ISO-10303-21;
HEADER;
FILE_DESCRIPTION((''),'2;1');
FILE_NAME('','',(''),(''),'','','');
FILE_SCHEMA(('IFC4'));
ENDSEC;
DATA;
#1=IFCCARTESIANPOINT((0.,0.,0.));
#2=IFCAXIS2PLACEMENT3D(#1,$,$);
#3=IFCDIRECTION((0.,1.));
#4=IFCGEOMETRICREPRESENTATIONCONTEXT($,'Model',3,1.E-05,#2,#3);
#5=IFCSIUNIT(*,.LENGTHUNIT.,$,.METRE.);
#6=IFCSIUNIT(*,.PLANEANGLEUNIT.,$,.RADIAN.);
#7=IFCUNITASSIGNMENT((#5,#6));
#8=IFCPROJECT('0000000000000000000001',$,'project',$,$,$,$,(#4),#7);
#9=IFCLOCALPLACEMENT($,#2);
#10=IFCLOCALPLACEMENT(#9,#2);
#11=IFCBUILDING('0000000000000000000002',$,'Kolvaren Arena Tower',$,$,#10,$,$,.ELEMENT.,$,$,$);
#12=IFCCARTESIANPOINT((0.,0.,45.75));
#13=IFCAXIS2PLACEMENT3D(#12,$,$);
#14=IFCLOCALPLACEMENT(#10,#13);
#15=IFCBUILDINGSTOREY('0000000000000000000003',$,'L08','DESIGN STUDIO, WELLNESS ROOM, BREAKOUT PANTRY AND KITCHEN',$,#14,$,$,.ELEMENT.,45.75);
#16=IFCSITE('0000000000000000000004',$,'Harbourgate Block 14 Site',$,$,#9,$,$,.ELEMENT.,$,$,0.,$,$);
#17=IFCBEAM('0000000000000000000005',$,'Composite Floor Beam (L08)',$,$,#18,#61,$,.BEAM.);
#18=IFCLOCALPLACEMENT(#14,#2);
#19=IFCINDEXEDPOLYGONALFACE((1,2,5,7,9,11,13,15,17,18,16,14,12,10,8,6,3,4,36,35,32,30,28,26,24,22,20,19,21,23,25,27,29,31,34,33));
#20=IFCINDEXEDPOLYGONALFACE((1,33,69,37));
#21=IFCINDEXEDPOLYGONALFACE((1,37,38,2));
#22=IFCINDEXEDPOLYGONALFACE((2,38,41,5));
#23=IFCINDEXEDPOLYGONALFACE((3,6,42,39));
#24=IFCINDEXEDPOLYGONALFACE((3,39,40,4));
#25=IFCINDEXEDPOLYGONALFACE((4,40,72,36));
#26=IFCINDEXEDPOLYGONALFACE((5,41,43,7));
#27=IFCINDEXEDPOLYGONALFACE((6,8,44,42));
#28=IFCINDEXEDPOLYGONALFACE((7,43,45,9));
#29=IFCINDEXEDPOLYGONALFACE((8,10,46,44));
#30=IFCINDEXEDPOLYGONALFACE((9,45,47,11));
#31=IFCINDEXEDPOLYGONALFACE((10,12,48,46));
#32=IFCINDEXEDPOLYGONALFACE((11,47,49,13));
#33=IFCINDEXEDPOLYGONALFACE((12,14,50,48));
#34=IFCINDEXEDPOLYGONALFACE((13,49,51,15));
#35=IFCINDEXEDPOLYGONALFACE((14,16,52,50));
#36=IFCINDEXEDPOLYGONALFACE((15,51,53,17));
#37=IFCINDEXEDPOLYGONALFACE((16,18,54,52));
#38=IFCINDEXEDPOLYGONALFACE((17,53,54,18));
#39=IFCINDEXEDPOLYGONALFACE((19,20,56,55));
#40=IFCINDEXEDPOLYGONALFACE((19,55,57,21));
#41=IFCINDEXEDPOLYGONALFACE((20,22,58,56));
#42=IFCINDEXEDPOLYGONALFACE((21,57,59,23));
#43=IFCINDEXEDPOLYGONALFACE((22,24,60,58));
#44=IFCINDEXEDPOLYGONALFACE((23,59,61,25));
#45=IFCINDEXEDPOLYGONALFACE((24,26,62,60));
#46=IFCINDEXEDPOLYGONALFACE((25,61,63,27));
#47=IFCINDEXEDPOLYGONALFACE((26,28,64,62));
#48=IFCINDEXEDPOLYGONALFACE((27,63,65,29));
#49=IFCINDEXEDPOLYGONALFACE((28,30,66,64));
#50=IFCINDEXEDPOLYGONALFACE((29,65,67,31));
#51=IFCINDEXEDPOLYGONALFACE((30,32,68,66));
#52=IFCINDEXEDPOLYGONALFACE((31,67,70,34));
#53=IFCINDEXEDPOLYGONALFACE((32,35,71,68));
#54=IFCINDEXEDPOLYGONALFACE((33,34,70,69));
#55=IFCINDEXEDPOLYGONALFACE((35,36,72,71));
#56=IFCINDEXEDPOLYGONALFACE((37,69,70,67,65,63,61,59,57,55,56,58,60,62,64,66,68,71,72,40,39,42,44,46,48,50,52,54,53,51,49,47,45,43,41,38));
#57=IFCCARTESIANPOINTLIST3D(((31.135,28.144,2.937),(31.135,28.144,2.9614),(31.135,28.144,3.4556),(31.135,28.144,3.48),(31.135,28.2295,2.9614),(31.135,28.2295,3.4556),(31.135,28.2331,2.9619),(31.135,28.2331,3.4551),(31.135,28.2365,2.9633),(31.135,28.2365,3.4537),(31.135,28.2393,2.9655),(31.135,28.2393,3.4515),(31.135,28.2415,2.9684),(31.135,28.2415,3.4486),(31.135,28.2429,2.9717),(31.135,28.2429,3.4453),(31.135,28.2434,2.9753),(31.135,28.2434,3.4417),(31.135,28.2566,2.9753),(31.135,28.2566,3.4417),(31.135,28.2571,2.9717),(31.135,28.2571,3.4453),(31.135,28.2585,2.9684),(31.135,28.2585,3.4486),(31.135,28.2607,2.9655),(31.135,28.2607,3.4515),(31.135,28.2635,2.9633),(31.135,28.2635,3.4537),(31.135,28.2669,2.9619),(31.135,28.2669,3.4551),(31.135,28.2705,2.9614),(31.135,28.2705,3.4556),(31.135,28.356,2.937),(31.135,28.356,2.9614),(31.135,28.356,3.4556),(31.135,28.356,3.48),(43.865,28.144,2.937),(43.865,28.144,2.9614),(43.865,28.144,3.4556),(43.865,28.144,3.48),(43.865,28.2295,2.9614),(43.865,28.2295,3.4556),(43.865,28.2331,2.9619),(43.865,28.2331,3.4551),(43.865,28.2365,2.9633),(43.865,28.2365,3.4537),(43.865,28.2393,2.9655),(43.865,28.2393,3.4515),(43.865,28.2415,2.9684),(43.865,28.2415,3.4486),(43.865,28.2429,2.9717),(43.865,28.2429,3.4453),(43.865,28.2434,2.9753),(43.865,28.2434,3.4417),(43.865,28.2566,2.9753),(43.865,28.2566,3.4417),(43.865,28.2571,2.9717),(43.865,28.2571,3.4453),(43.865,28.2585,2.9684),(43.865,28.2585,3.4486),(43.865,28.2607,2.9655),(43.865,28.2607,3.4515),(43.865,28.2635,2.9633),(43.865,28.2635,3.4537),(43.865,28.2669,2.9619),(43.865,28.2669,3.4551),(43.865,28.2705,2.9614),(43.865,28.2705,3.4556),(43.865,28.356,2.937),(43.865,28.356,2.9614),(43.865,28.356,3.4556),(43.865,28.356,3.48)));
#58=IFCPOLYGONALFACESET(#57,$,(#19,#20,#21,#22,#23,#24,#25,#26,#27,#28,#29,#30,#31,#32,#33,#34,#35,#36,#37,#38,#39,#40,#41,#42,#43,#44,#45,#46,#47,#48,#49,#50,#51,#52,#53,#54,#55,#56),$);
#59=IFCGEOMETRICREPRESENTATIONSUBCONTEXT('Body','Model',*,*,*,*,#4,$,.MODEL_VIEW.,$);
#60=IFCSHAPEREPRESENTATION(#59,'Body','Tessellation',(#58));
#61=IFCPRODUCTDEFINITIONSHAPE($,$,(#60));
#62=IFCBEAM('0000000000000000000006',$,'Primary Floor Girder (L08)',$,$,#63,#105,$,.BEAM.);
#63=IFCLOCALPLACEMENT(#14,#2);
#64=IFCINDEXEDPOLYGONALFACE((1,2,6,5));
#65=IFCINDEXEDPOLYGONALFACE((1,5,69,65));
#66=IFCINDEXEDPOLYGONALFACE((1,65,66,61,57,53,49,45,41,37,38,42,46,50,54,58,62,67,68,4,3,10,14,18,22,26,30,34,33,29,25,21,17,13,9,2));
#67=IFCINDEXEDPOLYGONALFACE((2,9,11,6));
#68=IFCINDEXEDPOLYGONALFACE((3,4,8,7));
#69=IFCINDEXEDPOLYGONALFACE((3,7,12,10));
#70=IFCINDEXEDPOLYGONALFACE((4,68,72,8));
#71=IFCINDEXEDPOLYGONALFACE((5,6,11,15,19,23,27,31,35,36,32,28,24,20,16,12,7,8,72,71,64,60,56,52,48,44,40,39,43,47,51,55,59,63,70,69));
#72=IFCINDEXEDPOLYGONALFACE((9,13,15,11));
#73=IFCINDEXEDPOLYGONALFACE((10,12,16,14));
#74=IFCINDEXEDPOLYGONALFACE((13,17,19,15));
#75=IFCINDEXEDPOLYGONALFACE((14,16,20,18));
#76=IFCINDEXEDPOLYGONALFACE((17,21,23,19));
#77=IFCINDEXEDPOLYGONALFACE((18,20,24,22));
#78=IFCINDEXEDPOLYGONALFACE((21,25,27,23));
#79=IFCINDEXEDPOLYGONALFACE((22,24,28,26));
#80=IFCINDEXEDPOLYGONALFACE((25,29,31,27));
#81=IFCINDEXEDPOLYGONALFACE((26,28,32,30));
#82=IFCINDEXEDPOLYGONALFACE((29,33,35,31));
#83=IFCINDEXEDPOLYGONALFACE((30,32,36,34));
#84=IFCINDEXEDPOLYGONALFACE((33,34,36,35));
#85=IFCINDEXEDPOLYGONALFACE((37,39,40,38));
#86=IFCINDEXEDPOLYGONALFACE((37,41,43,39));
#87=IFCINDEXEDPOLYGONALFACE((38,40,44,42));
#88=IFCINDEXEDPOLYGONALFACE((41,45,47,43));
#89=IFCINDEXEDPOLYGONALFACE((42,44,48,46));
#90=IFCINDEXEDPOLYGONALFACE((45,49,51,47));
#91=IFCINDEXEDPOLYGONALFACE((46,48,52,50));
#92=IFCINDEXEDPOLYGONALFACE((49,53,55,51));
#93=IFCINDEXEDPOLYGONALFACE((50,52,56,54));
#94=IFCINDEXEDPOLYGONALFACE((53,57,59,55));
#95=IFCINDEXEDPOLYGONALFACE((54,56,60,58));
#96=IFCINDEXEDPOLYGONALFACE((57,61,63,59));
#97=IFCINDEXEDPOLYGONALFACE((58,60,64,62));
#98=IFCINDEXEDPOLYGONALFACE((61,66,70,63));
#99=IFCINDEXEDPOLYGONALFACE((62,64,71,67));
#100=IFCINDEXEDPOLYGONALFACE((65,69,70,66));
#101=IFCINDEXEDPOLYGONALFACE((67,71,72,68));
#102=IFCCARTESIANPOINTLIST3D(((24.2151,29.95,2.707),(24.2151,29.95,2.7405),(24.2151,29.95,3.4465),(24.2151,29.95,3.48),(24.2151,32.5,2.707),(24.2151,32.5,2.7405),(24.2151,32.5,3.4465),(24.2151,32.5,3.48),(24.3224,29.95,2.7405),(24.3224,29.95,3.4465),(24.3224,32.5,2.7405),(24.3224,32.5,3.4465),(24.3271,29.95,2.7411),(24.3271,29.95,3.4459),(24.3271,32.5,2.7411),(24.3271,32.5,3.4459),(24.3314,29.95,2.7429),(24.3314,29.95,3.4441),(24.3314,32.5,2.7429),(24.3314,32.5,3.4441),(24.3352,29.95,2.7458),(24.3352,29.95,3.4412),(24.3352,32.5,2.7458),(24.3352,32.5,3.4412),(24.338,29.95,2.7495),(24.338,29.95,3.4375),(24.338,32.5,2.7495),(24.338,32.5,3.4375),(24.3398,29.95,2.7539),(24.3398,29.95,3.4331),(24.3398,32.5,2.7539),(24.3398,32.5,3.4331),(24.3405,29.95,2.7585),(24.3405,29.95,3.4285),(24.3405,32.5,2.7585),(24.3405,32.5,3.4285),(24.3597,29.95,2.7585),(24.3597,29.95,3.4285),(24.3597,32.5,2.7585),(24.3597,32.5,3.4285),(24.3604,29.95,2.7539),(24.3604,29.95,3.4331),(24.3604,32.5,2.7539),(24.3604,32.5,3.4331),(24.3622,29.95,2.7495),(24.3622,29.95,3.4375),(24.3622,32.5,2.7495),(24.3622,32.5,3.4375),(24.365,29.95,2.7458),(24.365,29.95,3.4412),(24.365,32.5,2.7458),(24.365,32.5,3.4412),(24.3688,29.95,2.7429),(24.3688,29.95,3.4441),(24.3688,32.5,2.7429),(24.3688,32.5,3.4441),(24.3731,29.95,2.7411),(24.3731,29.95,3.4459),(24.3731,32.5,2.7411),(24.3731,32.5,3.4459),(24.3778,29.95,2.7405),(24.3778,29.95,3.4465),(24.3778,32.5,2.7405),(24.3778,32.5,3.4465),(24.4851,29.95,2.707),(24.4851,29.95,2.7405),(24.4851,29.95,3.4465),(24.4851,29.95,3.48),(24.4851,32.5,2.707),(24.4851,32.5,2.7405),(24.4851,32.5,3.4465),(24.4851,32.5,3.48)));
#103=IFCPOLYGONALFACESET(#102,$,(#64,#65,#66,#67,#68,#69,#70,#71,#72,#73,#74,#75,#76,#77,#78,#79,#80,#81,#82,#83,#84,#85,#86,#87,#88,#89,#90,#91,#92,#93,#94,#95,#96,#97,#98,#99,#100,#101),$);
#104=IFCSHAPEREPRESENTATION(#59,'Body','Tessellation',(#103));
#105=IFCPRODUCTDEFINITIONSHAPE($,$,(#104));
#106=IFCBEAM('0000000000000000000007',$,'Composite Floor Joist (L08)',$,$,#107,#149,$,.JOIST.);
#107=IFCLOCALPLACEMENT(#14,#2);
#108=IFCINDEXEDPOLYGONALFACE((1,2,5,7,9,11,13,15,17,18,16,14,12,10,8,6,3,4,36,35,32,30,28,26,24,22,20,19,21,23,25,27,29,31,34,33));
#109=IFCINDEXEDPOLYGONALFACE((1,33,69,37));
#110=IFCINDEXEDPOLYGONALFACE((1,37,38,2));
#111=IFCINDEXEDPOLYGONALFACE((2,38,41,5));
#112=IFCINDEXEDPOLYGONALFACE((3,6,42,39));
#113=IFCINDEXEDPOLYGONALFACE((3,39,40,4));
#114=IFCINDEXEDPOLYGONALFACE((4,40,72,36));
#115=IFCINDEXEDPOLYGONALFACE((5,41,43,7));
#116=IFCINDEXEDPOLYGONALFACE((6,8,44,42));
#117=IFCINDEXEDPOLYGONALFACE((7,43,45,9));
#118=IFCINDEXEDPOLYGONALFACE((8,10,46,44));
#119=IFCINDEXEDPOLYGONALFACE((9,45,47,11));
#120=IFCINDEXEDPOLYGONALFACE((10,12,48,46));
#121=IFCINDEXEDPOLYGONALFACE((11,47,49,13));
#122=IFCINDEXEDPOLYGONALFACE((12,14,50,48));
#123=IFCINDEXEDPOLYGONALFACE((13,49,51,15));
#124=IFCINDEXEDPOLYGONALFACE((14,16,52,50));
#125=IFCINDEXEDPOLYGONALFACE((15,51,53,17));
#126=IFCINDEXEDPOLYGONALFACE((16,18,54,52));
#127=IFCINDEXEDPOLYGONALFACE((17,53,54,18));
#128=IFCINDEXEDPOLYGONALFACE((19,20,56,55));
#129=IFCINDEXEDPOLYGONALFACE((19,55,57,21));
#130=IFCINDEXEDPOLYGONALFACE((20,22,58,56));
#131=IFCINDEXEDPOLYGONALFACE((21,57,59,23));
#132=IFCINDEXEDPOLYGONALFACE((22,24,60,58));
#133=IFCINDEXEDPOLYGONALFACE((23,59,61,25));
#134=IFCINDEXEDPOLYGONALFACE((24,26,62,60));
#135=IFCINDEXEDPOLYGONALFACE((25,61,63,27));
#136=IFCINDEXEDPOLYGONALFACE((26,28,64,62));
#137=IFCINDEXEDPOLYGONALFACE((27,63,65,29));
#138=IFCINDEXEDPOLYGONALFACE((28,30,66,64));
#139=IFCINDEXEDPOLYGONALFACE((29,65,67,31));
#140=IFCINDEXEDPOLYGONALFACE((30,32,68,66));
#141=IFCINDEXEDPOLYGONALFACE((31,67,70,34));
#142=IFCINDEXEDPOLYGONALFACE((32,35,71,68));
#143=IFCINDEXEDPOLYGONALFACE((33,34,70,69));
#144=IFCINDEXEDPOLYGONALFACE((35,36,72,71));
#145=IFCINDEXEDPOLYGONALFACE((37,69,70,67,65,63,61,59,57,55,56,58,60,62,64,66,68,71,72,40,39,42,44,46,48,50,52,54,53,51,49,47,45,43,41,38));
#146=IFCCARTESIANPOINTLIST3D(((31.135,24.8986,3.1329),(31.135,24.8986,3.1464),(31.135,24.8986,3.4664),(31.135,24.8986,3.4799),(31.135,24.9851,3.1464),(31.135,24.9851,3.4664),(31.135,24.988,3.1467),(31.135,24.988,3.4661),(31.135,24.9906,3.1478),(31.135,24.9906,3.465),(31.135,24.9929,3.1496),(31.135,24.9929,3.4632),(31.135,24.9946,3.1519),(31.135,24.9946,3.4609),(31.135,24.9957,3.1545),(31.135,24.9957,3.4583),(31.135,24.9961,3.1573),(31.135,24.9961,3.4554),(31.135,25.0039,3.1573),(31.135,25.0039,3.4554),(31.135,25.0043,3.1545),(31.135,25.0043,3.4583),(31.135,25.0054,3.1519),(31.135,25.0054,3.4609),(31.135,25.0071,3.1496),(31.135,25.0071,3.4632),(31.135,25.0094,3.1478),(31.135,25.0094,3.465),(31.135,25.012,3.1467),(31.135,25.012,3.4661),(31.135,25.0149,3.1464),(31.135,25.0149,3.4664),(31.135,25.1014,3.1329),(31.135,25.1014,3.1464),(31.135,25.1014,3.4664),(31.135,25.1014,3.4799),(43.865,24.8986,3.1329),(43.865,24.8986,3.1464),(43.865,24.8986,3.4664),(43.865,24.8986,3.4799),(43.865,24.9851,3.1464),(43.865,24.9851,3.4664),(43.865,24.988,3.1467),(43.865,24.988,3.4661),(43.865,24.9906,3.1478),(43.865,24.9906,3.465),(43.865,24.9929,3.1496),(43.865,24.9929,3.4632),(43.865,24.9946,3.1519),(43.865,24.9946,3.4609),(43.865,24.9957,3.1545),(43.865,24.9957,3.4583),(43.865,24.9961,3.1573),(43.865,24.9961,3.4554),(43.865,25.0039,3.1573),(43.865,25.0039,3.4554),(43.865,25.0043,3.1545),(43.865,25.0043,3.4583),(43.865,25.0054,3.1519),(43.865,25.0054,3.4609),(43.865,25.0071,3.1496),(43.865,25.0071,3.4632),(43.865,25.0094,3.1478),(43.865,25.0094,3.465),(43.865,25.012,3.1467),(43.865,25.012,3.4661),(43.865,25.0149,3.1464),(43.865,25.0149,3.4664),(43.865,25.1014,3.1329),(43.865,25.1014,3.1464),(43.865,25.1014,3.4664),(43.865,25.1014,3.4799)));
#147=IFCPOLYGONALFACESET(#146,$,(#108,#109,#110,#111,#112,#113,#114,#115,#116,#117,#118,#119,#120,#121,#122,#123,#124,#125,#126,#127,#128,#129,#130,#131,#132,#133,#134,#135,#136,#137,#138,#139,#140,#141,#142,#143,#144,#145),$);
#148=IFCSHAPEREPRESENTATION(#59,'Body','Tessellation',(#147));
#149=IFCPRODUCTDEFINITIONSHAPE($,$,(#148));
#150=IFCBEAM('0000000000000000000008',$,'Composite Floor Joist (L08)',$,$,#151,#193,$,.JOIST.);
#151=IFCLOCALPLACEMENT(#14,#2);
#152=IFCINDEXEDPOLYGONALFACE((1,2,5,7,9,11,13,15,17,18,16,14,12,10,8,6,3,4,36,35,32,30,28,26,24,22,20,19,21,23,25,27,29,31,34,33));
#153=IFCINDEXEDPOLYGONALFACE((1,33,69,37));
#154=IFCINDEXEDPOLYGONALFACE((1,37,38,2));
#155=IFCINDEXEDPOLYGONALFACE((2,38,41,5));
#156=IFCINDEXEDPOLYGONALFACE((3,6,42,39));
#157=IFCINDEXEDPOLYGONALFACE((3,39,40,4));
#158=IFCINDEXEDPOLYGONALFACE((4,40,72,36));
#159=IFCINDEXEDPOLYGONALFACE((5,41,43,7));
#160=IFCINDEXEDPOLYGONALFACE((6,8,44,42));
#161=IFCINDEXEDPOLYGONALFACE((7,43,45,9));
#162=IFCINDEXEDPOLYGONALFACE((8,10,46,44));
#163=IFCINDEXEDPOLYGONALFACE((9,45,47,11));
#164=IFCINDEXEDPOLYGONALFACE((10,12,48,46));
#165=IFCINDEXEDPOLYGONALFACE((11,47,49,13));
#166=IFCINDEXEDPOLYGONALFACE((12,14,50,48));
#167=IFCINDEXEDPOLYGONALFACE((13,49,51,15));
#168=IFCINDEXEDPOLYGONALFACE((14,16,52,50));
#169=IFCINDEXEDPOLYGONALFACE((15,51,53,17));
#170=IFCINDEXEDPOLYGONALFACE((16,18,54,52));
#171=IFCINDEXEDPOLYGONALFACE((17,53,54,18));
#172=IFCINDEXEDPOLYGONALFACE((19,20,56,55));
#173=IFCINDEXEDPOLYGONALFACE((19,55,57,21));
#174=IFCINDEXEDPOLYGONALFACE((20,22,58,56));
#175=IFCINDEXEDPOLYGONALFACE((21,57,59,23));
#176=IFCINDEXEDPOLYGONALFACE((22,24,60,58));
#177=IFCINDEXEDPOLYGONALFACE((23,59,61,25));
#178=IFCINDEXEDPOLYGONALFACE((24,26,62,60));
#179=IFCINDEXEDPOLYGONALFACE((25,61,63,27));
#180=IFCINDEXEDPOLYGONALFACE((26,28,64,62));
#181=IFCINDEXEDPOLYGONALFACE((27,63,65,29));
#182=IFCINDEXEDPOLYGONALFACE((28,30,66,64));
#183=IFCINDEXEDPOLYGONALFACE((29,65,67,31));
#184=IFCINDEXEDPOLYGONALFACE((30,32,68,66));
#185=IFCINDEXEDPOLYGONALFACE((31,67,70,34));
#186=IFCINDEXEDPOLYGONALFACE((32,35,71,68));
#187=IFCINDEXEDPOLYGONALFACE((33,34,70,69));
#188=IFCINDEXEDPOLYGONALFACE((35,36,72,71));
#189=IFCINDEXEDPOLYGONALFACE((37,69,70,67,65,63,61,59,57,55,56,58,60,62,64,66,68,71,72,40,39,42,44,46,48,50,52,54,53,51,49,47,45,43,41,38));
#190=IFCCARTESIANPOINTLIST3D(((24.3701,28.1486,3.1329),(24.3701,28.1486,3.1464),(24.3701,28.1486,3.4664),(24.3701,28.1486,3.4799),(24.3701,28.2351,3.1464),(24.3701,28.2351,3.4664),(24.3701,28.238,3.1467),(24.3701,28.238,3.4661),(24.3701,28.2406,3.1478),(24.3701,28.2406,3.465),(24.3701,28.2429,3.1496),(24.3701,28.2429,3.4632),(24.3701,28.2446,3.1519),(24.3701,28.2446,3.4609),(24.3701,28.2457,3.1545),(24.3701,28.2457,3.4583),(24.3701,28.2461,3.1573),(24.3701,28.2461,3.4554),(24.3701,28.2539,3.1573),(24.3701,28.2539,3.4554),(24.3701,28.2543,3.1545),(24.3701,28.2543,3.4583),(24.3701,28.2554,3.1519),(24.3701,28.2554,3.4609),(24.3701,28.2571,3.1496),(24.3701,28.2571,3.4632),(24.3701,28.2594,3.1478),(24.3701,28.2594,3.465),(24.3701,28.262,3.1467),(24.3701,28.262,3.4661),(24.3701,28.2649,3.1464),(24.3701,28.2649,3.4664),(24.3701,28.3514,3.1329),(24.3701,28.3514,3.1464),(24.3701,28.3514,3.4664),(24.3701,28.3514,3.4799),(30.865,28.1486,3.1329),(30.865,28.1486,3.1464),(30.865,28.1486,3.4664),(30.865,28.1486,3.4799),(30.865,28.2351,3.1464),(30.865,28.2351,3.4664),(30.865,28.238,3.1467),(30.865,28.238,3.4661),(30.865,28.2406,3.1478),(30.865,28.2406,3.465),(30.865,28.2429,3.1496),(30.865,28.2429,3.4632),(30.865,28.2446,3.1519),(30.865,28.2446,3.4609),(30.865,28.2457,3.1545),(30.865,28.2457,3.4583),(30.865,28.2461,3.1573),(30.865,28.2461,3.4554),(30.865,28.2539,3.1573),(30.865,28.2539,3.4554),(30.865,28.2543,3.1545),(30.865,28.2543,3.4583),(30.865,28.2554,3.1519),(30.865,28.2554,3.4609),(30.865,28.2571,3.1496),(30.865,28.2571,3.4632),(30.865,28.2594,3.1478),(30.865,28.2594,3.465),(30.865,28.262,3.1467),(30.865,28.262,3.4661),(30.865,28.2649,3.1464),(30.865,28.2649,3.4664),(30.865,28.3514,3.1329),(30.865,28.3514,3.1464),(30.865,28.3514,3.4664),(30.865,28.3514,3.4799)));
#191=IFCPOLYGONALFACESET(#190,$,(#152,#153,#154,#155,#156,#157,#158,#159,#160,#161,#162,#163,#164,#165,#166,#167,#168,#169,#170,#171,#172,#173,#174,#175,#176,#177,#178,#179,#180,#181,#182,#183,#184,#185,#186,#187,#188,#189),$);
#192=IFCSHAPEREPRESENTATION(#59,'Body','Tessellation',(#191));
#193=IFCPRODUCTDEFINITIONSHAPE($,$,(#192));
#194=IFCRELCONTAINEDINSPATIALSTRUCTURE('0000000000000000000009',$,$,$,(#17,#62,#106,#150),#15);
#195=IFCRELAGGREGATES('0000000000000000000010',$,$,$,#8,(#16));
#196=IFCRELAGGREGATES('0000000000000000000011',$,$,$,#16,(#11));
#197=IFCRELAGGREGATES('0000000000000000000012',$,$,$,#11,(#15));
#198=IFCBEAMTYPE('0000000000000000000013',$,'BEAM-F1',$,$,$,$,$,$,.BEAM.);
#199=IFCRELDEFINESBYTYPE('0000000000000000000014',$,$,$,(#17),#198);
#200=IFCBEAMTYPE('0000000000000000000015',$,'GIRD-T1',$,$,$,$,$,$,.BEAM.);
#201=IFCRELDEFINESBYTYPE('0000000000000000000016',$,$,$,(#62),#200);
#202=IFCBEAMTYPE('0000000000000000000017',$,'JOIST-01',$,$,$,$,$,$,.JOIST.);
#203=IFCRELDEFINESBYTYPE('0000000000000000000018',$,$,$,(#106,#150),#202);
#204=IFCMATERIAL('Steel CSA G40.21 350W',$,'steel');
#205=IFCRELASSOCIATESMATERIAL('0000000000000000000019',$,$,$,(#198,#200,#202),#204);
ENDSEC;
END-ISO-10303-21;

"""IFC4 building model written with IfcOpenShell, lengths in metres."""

from ifc_helpers import new_model, si_unit, direction, frame, origin, origin_2d, place, context, subcontext, project, spatial, i_section, extrude, material, material_profile, profile_set, type_object, element, save


model = new_model("IFC4")

# Units and contexts
model_context = context("Model", 3, precision=1e-05, world=origin(), true_north=direction((0.0, 1.0)))
body_context = subcontext(model_context, "Body", "Model", "MODEL_VIEW")
ifc_project = project(units=[si_unit("LENGTHUNIT", "METRE"), si_unit("PLANEANGLEUNIT", "RADIAN")], contexts=[model_context])

# Site, building, storey
site_placement = place(None, origin())
site = spatial("IfcSite", under=ifc_project, at=site_placement, Name="Harbourgate Block 14 Site", CompositionType="ELEMENT", RefElevation=0.0)
building_placement = place(site_placement, origin())
building = spatial("IfcBuilding", under=site, at=building_placement, Name="Kolvaren Arena Tower", CompositionType="ELEMENT")
storey_placement = place(building_placement, frame((0.0, 0.0, 45.75)))
storey = spatial("IfcBuildingStorey", under=building, at=storey_placement, Name="L08", Description="DESIGN STUDIO, WELLNESS ROOM, BREAKOUT PANTRY AND KITCHEN", CompositionType="ELEMENT", Elevation=45.75)

# Beams
ifc_material_1 = material(Name="Steel CSA G40.21 350W", Category="steel")
ifc_material_profile_1 = material_profile(ifc_material_1, i_section(OverallWidth=0.2119, OverallDepth=0.543, WebThickness=0.0132, FlangeThickness=0.0244, FilletRadius=0.0139, at=origin_2d()), Name="W530x150")
ifc_profile_set_1 = profile_set([ifc_material_profile_1], Name="Steel CSA G40.21 350W")
beam_type_1 = type_object("IfcBeamType", Name="BEAM-F1", PredefinedType="BEAM", material=ifc_profile_set_1)
beam_1_placement = place(storey_placement, frame((31.135, 28.25, 3.2085), z_axis=(1.0, 0.0, 0.0), x_axis=(0.0, 1.0, 0.0)))
element("IfcBeam", 1, at=beam_1_placement, inside=storey, type_object=beam_type_1, Name="Composite Floor Beam (L08)", PredefinedType="BEAM", context=body_context, shape_type="SweptSolid", body=[
    extrude(i_section(OverallWidth=0.2119, OverallDepth=0.543, WebThickness=0.0132, FlangeThickness=0.0244, FilletRadius=0.0139, at=origin_2d()), origin(), (0.0, 0.0, 1.0), 12.73),
])
ifc_material_profile_2 = material_profile(ifc_material_1, i_section(OverallWidth=0.27, OverallDepth=0.7729, WebThickness=0.0193, FlangeThickness=0.0334, FilletRadius=0.0181, at=origin_2d()), Name="W760x257")
ifc_profile_set_2 = profile_set([ifc_material_profile_2], Name="Steel CSA G40.21 350W")
beam_type_2 = type_object("IfcBeamType", Name="GIRD-T1", PredefinedType="BEAM", material=ifc_profile_set_2)
beam_2_placement = place(storey_placement, frame((24.3501, 29.95, 3.0935), z_axis=(0.0, 1.0, 0.0), x_axis=(-1.0, 0.0, 0.0)))
element("IfcBeam", 2, at=beam_2_placement, inside=storey, type_object=beam_type_2, Name="Primary Floor Girder (L08)", PredefinedType="BEAM", context=body_context, shape_type="SweptSolid", body=[
    extrude(i_section(OverallWidth=0.27, OverallDepth=0.7729, WebThickness=0.0193, FlangeThickness=0.0334, FilletRadius=0.0181, at=origin_2d()), origin(), (0.0, 0.0, 1.0), 2.55),
])
ifc_material_profile_3 = material_profile(ifc_material_1, i_section(OverallWidth=0.2029, OverallDepth=0.3469, WebThickness=0.0078, FlangeThickness=0.0134, FilletRadius=0.011, at=origin_2d()), Name="W360x64")
ifc_profile_set_3 = profile_set([ifc_material_profile_3], Name="Steel CSA G40.21 350W")
beam_type_3 = type_object("IfcBeamType", Name="JOIST-01", PredefinedType="JOIST", material=ifc_profile_set_3)
beam_3_placement = place(storey_placement, frame((31.135, 25.0, 3.3064), z_axis=(1.0, 0.0, 0.0), x_axis=(0.0, 1.0, 0.0)))
element("IfcBeam", 3, at=beam_3_placement, inside=storey, type_object=beam_type_3, Name="Composite Floor Joist (L08)", PredefinedType="JOIST", context=body_context, shape_type="SweptSolid", body=[
    extrude(i_section(OverallWidth=0.2029, OverallDepth=0.3469, WebThickness=0.0078, FlangeThickness=0.0134, FilletRadius=0.011, at=origin_2d()), origin(), (0.0, 0.0, 1.0), 12.73),
])
for number, where, z_axis, x_axis, name in (
    (4, (24.3701, 28.25, 3.3064), (1.0, 0.0, 0.0), (0.0, 1.0, 0.0), "Composite Floor Joist (L08)"),
):
    element("IfcBeam", number, at=place(storey_placement, frame(where, z_axis=z_axis, x_axis=x_axis)), inside=storey, type_object=beam_type_3, Name=name, PredefinedType="JOIST", context=body_context, shape_type="SweptSolid", body=[
        extrude(i_section(OverallWidth=0.2029, OverallDepth=0.3469, WebThickness=0.0078, FlangeThickness=0.0134, FilletRadius=0.011, at=origin_2d()), origin(), (0.0, 0.0, 1.0), 6.4949),
    ])

save(model, "model.ifc")
